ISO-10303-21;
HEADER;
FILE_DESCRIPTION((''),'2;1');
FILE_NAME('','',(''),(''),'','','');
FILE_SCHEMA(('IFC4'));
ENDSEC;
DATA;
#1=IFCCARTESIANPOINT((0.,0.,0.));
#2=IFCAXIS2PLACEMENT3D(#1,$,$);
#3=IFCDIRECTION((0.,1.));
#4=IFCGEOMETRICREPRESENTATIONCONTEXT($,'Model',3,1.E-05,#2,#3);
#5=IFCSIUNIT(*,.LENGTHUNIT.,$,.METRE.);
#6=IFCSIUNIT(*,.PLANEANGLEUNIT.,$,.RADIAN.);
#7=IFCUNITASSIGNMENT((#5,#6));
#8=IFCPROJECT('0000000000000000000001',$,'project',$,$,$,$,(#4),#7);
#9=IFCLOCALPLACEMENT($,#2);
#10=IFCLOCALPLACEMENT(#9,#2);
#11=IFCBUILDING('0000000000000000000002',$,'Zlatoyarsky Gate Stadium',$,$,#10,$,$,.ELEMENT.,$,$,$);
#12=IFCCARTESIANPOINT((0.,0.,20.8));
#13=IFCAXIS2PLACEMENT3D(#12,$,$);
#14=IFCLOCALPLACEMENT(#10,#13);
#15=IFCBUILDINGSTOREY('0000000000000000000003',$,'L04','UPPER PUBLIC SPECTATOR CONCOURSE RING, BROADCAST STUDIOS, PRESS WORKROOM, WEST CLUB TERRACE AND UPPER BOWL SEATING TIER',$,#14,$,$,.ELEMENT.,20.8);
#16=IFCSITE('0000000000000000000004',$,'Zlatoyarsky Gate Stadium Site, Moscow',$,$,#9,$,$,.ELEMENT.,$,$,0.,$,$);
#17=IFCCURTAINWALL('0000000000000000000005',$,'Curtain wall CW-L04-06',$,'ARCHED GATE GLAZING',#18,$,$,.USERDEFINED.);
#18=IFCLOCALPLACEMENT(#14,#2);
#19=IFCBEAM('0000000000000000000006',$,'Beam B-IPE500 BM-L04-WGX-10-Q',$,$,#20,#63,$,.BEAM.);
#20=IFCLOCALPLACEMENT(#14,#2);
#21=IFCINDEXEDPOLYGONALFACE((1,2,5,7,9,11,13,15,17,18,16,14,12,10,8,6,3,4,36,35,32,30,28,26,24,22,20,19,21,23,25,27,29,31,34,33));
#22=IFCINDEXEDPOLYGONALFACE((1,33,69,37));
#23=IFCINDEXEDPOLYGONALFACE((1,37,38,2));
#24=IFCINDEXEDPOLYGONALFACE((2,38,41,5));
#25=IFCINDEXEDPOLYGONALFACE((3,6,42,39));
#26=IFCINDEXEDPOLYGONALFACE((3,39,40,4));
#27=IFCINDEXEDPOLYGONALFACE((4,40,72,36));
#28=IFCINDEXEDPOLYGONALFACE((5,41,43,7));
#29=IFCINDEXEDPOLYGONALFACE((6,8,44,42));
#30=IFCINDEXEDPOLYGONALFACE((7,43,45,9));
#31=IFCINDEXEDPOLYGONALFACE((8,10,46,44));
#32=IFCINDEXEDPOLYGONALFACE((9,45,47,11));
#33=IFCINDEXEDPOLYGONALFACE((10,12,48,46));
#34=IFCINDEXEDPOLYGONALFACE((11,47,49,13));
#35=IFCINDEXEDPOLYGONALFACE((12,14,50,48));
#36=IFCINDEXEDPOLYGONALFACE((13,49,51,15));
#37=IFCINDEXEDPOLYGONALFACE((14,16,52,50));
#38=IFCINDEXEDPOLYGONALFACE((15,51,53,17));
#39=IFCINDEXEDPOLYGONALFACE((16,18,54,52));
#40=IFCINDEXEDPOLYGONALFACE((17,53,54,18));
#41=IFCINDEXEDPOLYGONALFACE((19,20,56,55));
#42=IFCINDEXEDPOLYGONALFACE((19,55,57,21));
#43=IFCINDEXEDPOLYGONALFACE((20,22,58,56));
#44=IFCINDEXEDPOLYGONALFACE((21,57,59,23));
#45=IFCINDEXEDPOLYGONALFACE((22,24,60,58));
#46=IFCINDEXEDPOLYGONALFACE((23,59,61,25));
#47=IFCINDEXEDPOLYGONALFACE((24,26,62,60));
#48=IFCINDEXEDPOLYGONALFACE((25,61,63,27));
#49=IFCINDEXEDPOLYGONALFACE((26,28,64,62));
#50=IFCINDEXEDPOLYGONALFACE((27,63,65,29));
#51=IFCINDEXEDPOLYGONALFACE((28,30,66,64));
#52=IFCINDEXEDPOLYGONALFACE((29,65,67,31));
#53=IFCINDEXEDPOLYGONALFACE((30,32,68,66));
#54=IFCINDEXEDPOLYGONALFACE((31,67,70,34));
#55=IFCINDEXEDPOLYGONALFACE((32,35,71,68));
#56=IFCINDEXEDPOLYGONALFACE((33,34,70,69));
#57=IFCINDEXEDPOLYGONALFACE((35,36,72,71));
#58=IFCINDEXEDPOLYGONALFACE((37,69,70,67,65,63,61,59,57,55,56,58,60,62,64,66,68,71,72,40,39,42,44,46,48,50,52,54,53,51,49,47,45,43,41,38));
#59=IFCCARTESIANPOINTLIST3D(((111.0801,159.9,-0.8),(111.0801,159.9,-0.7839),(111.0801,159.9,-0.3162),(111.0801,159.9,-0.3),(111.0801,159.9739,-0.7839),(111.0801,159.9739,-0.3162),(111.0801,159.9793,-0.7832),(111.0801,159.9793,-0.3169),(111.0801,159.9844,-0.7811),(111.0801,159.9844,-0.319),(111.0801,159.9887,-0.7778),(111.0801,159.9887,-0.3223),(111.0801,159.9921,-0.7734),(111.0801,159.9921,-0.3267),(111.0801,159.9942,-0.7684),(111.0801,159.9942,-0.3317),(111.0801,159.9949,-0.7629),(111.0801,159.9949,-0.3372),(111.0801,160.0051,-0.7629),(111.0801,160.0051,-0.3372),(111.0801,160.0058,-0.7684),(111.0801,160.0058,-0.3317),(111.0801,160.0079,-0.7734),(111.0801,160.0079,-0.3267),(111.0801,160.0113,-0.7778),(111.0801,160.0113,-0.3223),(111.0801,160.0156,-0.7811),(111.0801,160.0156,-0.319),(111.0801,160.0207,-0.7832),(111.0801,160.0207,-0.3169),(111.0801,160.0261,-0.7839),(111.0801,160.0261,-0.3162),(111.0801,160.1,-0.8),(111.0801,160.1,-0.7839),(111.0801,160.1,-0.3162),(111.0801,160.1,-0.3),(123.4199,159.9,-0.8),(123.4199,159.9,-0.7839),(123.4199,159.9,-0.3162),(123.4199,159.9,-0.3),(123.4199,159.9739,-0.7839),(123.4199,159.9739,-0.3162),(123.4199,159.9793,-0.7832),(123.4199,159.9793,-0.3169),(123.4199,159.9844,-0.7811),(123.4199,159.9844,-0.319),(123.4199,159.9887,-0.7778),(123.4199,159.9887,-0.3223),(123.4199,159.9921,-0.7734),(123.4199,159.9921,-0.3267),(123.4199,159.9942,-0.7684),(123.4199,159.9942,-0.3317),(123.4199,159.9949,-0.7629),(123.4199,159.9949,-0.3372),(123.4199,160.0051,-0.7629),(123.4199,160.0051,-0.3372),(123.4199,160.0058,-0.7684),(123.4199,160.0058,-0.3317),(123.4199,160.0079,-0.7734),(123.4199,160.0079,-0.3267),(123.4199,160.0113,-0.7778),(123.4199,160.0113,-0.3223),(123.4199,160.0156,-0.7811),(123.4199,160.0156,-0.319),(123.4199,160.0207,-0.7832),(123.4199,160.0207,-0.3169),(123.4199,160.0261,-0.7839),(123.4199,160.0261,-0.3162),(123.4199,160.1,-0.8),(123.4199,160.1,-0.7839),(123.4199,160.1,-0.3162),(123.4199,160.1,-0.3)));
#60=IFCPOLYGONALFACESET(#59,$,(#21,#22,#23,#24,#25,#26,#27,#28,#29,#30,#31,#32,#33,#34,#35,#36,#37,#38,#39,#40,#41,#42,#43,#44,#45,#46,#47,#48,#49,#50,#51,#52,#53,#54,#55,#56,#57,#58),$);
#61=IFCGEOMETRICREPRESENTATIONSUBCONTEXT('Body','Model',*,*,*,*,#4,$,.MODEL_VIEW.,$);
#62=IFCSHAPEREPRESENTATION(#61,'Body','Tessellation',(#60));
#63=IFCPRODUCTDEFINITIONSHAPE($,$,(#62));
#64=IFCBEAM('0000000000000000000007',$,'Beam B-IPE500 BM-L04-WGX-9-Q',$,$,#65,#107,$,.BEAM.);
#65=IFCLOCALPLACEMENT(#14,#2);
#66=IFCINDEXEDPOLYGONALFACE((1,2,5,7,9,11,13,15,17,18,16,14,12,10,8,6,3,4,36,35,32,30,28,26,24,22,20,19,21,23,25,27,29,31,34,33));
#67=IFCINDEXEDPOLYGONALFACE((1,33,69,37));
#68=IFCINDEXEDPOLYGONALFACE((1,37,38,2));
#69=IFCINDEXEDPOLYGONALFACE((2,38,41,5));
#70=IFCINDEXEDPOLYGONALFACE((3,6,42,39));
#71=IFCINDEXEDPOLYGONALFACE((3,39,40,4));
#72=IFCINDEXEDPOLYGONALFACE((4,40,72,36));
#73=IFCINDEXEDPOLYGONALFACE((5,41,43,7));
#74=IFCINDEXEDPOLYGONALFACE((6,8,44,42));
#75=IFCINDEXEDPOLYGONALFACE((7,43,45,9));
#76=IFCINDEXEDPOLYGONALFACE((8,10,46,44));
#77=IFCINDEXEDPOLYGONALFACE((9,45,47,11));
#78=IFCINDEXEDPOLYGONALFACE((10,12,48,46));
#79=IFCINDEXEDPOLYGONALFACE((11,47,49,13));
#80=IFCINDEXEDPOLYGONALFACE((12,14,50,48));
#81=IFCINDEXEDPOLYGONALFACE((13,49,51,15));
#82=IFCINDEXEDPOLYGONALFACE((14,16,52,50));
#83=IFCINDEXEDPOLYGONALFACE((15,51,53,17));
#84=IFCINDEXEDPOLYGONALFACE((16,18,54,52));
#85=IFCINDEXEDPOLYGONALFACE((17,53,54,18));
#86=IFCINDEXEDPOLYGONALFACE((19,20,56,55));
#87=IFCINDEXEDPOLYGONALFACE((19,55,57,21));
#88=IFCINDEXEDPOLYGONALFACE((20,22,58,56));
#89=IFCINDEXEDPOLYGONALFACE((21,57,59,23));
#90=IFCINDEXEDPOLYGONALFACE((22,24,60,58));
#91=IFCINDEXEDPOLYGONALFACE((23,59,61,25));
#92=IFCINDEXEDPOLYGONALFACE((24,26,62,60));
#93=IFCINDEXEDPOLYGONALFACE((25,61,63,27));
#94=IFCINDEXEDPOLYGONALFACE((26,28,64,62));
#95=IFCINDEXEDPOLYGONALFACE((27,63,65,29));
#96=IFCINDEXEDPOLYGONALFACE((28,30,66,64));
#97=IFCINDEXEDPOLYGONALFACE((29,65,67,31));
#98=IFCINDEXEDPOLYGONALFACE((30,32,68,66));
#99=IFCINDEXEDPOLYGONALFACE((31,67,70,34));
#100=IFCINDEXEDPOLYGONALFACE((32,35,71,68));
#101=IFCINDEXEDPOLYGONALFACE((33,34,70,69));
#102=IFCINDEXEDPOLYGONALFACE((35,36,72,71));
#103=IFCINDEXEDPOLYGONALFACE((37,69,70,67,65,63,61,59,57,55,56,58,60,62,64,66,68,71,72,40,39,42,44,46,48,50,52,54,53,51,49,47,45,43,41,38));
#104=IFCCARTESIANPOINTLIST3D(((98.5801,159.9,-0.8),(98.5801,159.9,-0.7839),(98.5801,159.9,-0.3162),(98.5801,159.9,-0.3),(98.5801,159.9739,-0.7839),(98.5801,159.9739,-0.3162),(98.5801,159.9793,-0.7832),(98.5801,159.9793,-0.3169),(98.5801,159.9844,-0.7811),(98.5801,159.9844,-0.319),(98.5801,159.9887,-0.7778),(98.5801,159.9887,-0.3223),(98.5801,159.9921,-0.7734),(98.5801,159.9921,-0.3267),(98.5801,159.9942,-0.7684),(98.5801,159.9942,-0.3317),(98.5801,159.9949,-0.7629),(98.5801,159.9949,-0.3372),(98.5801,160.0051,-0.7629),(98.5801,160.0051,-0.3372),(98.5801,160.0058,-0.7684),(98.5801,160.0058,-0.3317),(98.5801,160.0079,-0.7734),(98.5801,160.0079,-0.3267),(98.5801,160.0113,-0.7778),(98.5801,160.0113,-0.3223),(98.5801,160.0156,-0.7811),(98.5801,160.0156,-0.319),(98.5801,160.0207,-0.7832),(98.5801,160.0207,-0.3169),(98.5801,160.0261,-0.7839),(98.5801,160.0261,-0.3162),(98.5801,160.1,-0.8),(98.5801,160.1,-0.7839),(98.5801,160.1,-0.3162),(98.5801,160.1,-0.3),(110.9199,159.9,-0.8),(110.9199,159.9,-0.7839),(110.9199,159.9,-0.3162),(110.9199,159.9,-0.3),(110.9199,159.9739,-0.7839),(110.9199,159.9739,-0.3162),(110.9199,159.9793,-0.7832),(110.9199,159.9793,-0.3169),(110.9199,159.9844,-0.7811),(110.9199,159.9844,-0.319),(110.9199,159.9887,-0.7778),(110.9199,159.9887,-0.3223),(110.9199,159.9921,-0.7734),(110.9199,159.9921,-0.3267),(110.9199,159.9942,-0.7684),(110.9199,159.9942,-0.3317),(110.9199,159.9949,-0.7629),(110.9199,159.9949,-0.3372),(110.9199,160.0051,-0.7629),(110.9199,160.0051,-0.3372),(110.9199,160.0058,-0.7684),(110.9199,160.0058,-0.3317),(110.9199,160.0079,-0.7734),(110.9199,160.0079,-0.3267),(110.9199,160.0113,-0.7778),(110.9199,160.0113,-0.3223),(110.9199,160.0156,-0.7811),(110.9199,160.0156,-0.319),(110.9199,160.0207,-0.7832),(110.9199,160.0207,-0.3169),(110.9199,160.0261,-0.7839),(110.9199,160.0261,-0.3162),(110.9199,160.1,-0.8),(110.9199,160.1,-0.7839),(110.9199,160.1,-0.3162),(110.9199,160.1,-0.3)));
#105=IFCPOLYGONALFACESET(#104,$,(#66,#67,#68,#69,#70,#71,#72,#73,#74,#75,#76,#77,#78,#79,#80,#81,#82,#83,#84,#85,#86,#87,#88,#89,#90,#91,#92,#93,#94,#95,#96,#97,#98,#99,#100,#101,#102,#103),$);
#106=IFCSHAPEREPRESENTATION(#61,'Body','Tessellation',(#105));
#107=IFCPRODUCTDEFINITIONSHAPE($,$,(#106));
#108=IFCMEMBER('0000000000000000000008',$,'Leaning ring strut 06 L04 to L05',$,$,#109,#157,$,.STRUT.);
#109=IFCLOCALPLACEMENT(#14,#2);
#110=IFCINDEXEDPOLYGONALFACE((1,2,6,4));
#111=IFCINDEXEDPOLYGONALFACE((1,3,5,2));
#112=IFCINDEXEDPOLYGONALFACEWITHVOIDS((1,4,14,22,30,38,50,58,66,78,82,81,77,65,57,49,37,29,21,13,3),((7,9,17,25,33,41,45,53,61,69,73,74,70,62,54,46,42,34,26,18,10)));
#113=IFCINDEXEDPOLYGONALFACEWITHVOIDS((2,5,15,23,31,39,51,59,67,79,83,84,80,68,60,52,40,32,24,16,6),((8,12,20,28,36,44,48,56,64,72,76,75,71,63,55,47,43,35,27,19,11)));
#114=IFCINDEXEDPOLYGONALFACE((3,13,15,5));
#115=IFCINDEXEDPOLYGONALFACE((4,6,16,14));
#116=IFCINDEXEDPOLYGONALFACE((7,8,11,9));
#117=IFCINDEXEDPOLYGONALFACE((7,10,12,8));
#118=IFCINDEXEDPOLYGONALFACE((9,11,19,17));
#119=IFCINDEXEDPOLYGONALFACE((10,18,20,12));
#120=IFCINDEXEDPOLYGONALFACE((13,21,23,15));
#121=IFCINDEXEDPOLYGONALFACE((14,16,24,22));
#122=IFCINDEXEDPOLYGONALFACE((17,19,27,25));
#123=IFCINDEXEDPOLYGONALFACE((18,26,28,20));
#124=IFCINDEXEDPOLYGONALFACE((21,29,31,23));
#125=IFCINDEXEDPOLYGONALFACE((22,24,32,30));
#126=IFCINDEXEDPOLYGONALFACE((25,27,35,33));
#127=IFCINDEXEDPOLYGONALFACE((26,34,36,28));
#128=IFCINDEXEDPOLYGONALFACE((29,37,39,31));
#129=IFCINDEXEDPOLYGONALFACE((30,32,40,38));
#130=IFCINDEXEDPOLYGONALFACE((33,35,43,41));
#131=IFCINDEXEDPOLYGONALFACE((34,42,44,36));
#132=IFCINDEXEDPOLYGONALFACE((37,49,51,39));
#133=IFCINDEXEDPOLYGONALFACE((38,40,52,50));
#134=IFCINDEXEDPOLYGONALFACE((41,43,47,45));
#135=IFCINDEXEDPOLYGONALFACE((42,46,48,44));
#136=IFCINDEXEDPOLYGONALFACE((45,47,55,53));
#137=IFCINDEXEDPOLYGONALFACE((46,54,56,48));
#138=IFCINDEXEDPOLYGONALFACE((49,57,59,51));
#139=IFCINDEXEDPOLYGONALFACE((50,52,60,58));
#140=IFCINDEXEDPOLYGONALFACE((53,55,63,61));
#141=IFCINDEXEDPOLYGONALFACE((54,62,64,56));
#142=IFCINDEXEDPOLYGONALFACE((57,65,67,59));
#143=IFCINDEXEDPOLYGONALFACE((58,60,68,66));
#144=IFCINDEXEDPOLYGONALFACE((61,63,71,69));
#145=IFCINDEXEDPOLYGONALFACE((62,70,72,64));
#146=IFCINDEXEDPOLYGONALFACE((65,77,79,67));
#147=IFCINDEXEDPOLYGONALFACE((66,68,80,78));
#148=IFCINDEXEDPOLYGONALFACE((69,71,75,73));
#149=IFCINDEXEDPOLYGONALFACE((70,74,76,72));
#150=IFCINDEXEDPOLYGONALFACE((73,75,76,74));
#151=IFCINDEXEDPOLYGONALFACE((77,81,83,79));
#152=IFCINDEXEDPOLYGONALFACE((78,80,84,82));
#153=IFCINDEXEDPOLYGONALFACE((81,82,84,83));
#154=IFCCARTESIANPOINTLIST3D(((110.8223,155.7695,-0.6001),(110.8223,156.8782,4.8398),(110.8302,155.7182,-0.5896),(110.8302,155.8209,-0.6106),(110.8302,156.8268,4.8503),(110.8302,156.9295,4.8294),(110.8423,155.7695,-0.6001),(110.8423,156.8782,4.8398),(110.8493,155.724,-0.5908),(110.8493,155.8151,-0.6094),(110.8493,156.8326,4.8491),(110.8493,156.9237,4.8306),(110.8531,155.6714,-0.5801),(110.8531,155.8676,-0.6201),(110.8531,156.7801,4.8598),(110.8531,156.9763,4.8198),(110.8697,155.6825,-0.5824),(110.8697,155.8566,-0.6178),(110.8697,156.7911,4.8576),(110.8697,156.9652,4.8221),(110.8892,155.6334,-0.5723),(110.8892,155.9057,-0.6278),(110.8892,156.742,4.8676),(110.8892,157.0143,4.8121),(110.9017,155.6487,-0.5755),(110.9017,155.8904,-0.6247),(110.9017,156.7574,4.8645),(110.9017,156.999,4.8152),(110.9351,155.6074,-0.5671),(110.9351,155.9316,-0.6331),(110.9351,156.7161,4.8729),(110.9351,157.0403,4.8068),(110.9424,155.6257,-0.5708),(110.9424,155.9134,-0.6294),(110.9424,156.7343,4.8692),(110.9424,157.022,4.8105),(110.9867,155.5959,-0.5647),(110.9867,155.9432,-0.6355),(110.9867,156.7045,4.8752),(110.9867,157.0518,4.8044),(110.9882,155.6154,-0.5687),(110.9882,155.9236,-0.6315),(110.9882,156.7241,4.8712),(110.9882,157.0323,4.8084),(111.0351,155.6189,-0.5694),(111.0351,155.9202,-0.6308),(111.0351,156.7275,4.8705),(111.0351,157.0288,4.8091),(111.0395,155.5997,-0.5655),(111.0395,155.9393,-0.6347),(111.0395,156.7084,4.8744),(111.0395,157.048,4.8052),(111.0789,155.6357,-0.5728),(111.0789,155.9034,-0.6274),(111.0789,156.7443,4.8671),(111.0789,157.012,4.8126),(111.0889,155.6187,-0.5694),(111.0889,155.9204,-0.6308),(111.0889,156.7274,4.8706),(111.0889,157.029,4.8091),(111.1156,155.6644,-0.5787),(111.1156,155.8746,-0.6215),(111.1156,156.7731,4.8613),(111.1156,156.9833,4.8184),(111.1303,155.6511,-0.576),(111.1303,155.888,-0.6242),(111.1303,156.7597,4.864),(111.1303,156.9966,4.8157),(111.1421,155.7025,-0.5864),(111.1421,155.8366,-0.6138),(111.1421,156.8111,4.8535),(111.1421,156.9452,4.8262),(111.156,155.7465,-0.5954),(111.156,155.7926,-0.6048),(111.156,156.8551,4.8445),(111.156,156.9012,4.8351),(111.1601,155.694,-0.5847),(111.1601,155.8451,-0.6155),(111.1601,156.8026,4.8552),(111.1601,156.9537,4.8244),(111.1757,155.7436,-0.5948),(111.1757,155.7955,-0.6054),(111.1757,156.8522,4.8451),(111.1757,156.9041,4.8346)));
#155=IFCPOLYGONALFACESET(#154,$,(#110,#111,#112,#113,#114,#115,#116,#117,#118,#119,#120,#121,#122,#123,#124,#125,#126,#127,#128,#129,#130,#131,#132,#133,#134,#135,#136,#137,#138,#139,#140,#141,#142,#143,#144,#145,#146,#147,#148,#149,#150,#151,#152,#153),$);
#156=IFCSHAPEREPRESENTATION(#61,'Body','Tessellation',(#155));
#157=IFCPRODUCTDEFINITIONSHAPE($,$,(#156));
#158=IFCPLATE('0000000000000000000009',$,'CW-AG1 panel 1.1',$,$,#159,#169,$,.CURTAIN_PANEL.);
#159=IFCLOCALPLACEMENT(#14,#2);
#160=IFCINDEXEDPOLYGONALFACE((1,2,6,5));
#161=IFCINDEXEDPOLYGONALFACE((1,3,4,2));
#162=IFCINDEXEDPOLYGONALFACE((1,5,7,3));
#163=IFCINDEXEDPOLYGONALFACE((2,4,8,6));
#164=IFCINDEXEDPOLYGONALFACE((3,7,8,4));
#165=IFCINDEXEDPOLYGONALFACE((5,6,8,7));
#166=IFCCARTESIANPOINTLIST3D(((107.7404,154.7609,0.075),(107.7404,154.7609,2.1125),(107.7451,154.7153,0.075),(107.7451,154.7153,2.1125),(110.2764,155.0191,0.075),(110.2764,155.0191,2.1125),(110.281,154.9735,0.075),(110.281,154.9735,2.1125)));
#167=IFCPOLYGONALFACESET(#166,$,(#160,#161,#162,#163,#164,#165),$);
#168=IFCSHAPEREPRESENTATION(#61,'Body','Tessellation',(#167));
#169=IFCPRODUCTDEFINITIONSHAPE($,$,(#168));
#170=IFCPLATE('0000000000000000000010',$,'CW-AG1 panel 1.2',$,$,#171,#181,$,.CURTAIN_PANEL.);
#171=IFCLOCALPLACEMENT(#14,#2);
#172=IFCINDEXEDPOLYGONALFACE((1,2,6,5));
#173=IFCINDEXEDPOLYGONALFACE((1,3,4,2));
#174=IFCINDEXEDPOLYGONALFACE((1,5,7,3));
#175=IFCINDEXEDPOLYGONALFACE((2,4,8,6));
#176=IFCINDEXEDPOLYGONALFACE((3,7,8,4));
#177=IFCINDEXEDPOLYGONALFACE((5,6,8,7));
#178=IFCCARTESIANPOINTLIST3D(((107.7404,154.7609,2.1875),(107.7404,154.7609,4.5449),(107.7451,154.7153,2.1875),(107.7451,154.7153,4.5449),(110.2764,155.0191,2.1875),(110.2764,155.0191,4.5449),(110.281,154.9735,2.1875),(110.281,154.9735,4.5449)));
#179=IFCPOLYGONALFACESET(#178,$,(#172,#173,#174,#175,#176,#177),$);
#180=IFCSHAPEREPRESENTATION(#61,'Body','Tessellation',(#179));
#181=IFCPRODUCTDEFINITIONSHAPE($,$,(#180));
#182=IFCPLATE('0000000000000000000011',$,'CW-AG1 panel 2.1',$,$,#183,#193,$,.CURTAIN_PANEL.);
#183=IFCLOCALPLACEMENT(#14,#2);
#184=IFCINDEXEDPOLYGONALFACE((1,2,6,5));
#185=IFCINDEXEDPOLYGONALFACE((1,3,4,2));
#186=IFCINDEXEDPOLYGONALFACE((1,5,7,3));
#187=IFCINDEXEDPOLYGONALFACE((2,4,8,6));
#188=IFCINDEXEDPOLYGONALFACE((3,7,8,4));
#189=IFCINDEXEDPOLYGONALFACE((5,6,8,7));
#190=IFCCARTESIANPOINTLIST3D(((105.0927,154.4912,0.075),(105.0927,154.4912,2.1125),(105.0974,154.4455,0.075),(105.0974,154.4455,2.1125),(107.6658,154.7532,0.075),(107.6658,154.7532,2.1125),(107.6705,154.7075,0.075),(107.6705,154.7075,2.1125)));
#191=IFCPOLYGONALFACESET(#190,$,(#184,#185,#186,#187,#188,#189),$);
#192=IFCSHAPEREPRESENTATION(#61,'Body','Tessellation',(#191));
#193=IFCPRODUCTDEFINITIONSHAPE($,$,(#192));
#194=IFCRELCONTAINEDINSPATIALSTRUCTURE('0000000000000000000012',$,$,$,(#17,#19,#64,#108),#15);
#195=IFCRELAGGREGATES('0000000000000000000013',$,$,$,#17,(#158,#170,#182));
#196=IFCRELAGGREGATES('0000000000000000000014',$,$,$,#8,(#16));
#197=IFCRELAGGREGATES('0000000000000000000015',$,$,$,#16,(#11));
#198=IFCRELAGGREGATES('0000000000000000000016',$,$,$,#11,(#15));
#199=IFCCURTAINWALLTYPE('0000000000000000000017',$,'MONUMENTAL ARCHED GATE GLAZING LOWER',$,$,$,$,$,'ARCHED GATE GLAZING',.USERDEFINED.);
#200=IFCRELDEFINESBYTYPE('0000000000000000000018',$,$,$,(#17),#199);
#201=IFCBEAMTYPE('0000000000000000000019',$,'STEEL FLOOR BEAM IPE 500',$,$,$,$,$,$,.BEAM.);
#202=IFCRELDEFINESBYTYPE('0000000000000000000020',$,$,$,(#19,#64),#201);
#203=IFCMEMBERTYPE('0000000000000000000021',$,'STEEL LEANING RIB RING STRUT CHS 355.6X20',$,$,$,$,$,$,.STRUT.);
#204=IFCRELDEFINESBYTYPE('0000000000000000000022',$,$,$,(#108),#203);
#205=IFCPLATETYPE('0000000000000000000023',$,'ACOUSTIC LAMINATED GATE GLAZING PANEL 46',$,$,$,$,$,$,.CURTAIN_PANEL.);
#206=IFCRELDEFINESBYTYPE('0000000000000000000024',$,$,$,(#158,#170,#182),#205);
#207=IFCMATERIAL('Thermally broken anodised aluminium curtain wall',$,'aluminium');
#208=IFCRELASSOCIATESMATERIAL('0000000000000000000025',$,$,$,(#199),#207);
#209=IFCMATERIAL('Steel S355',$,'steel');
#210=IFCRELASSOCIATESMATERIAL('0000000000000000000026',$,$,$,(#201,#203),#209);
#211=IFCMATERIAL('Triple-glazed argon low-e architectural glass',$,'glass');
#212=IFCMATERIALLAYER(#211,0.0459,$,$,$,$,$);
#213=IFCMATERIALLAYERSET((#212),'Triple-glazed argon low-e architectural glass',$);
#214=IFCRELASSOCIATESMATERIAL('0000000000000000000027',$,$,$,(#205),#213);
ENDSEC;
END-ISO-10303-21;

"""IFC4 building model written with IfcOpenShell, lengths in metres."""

from ifc_helpers import new_model, si_unit, direction, frame, origin, origin_2d, place, context, subcontext, project, spatial, rectangle, hollow_circle, i_section, extrude, material, layer, layer_set, material_profile, profile_set, type_object, element, aggregate, save


model = new_model("IFC4")

# Units and contexts
model_context = context("Model", 3, precision=1e-05, world=origin(), true_north=direction((0.0, 1.0)))
body_context = subcontext(model_context, "Body", "Model", "MODEL_VIEW")
ifc_project = project(units=[si_unit("LENGTHUNIT", "METRE"), si_unit("PLANEANGLEUNIT", "RADIAN")], contexts=[model_context])

# Site, building, storey
site_placement = place(None, origin())
site = spatial("IfcSite", under=ifc_project, at=site_placement, Name="Zlatoyarsky Gate Stadium Site, Moscow", CompositionType="ELEMENT", RefElevation=0.0)
building_placement = place(site_placement, origin())
building = spatial("IfcBuilding", under=site, at=building_placement, Name="Zlatoyarsky Gate Stadium", CompositionType="ELEMENT")
storey_placement = place(building_placement, frame((0.0, 0.0, 20.8)))
storey = spatial("IfcBuildingStorey", under=building, at=storey_placement, Name="L04", Description="UPPER PUBLIC SPECTATOR CONCOURSE RING, BROADCAST STUDIOS, PRESS WORKROOM, WEST CLUB TERRACE AND UPPER BOWL SEATING TIER", CompositionType="ELEMENT", Elevation=20.8)

# Curtain wall
ifc_material_1 = material(Name="Thermally broken anodised aluminium curtain wall", Category="aluminium")
curtain_wall_type_1 = type_object("IfcCurtainWallType", Name="MONUMENTAL ARCHED GATE GLAZING LOWER", ElementType="ARCHED GATE GLAZING", PredefinedType="USERDEFINED", material=ifc_material_1)
curtain_wall_1_placement = place(storey_placement, origin())
curtain_wall_1 = element("IfcCurtainWall", 1, at=curtain_wall_1_placement, inside=storey, type_object=curtain_wall_type_1, Name="Curtain wall CW-L04-06", ObjectType="ARCHED GATE GLAZING", PredefinedType="USERDEFINED")

# Beams
ifc_material_2 = material(Name="Steel S355", Category="steel")
ifc_material_profile_1 = material_profile(ifc_material_2, i_section(OverallWidth=0.2, OverallDepth=0.5, WebThickness=0.0103, FlangeThickness=0.0161, FilletRadius=0.021, at=origin_2d()), Name="IPE 500")
ifc_profile_set_1 = profile_set([ifc_material_profile_1], Name="Steel S355")
beam_type_1 = type_object("IfcBeamType", Name="STEEL FLOOR BEAM IPE 500", PredefinedType="BEAM", material=ifc_profile_set_1)
for number, where, z_axis, x_axis, name in (
    (2, (111.0801, 160.0, -0.55), (1.0, 0.0, 0.0), (0.0, 1.0, 0.0), "Beam B-IPE500 BM-L04-WGX-10-Q"),
    (3, (98.5801, 160.0, -0.55), (1.0, 0.0, 0.0), (0.0, 1.0, 0.0), "Beam B-IPE500 BM-L04-WGX-9-Q"),
):
    element("IfcBeam", number, at=place(storey_placement, frame(where, z_axis=z_axis, x_axis=x_axis)), inside=storey, type_object=beam_type_1, Name=name, PredefinedType="BEAM", context=body_context, shape_type="SweptSolid", body=[
        extrude(i_section(OverallWidth=0.2, OverallDepth=0.5, WebThickness=0.0103, FlangeThickness=0.0161, FilletRadius=0.021, at=origin_2d()), origin(), (0.0, 0.0, 1.0), 12.3398),
    ])

# Member
ifc_material_profile_2 = material_profile(ifc_material_2, hollow_circle(Radius=0.1777, WallThickness=0.02, at=origin_2d()), Name="CHS 355.6X20")
ifc_profile_set_2 = profile_set([ifc_material_profile_2], Name="Steel S355")
member_type_1 = type_object("IfcMemberType", Name="STEEL LEANING RIB RING STRUT CHS 355.6X20", PredefinedType="STRUT", material=ifc_profile_set_2)
member_1_placement = place(storey_placement, frame((111.0, 155.7695, -0.6001), z_axis=(0.0, 0.199692, 0.979859), x_axis=(-1.0, 0.0, 0.0)))
element("IfcMember", 4, at=member_1_placement, inside=storey, type_object=member_type_1, Name="Leaning ring strut 06 L04 to L05", PredefinedType="STRUT", context=body_context, shape_type="SweptSolid", body=[
    extrude(hollow_circle(Radius=0.1777, WallThickness=0.02, at=origin_2d()), origin(), (0.0, 0.0, 1.0), 5.5518),
])

# Plates
ifc_material_3 = material(Name="Triple-glazed argon low-e architectural glass", Category="glass")
ifc_layer_1 = layer(ifc_material_3, 0.0459)
ifc_layer_set_1 = layer_set([ifc_layer_1], Name="Triple-glazed argon low-e architectural glass")
plate_type_1 = type_object("IfcPlateType", Name="ACOUSTIC LAMINATED GATE GLAZING PANEL 46", PredefinedType="CURTAIN_PANEL", material=ifc_layer_set_1)
plate_1_placement = place(storey_placement, frame((109.0107, 154.8672, 0.075), z_axis=(0.0, 0.0, 1.0), x_axis=(-0.994857, -0.101293, 0.0)))
plate_1 = element("IfcPlate", 5, at=plate_1_placement, type_object=plate_type_1, Name="CW-AG1 panel 1.1", PredefinedType="CURTAIN_PANEL", context=body_context, shape_type="SweptSolid", body=[
    extrude(rectangle(XDim=2.5491, YDim=0.0459, at=origin_2d()), origin(), (0.0, 0.0, 1.0), 2.0376),
])
plate_2_placement = place(storey_placement, frame((109.0107, 154.8672, 2.1875), z_axis=(0.0, 0.0, 1.0), x_axis=(-0.994857, -0.101293, 0.0)))
plate_2 = element("IfcPlate", 6, at=plate_2_placement, type_object=plate_type_1, Name="CW-AG1 panel 1.2", PredefinedType="CURTAIN_PANEL", context=body_context, shape_type="SweptSolid", body=[
    extrude(rectangle(XDim=2.5491, YDim=0.0459, at=origin_2d()), origin(), (0.0, 0.0, 1.0), 2.3574),
])
plate_3_placement = place(storey_placement, frame((106.3816, 154.5994, 0.075), z_axis=(0.0, 0.0, 1.0), x_axis=(-0.994857, -0.101293, 0.0)))
plate_3 = element("IfcPlate", 7, at=plate_3_placement, type_object=plate_type_1, Name="CW-AG1 panel 2.1", PredefinedType="CURTAIN_PANEL", context=body_context, shape_type="SweptSolid", body=[
    extrude(rectangle(XDim=2.5864, YDim=0.0459, at=origin_2d()), origin(), (0.0, 0.0, 1.0), 2.0376),
])
aggregate(curtain_wall_1, [plate_1, plate_2, plate_3])

save(model, "model.ifc")
